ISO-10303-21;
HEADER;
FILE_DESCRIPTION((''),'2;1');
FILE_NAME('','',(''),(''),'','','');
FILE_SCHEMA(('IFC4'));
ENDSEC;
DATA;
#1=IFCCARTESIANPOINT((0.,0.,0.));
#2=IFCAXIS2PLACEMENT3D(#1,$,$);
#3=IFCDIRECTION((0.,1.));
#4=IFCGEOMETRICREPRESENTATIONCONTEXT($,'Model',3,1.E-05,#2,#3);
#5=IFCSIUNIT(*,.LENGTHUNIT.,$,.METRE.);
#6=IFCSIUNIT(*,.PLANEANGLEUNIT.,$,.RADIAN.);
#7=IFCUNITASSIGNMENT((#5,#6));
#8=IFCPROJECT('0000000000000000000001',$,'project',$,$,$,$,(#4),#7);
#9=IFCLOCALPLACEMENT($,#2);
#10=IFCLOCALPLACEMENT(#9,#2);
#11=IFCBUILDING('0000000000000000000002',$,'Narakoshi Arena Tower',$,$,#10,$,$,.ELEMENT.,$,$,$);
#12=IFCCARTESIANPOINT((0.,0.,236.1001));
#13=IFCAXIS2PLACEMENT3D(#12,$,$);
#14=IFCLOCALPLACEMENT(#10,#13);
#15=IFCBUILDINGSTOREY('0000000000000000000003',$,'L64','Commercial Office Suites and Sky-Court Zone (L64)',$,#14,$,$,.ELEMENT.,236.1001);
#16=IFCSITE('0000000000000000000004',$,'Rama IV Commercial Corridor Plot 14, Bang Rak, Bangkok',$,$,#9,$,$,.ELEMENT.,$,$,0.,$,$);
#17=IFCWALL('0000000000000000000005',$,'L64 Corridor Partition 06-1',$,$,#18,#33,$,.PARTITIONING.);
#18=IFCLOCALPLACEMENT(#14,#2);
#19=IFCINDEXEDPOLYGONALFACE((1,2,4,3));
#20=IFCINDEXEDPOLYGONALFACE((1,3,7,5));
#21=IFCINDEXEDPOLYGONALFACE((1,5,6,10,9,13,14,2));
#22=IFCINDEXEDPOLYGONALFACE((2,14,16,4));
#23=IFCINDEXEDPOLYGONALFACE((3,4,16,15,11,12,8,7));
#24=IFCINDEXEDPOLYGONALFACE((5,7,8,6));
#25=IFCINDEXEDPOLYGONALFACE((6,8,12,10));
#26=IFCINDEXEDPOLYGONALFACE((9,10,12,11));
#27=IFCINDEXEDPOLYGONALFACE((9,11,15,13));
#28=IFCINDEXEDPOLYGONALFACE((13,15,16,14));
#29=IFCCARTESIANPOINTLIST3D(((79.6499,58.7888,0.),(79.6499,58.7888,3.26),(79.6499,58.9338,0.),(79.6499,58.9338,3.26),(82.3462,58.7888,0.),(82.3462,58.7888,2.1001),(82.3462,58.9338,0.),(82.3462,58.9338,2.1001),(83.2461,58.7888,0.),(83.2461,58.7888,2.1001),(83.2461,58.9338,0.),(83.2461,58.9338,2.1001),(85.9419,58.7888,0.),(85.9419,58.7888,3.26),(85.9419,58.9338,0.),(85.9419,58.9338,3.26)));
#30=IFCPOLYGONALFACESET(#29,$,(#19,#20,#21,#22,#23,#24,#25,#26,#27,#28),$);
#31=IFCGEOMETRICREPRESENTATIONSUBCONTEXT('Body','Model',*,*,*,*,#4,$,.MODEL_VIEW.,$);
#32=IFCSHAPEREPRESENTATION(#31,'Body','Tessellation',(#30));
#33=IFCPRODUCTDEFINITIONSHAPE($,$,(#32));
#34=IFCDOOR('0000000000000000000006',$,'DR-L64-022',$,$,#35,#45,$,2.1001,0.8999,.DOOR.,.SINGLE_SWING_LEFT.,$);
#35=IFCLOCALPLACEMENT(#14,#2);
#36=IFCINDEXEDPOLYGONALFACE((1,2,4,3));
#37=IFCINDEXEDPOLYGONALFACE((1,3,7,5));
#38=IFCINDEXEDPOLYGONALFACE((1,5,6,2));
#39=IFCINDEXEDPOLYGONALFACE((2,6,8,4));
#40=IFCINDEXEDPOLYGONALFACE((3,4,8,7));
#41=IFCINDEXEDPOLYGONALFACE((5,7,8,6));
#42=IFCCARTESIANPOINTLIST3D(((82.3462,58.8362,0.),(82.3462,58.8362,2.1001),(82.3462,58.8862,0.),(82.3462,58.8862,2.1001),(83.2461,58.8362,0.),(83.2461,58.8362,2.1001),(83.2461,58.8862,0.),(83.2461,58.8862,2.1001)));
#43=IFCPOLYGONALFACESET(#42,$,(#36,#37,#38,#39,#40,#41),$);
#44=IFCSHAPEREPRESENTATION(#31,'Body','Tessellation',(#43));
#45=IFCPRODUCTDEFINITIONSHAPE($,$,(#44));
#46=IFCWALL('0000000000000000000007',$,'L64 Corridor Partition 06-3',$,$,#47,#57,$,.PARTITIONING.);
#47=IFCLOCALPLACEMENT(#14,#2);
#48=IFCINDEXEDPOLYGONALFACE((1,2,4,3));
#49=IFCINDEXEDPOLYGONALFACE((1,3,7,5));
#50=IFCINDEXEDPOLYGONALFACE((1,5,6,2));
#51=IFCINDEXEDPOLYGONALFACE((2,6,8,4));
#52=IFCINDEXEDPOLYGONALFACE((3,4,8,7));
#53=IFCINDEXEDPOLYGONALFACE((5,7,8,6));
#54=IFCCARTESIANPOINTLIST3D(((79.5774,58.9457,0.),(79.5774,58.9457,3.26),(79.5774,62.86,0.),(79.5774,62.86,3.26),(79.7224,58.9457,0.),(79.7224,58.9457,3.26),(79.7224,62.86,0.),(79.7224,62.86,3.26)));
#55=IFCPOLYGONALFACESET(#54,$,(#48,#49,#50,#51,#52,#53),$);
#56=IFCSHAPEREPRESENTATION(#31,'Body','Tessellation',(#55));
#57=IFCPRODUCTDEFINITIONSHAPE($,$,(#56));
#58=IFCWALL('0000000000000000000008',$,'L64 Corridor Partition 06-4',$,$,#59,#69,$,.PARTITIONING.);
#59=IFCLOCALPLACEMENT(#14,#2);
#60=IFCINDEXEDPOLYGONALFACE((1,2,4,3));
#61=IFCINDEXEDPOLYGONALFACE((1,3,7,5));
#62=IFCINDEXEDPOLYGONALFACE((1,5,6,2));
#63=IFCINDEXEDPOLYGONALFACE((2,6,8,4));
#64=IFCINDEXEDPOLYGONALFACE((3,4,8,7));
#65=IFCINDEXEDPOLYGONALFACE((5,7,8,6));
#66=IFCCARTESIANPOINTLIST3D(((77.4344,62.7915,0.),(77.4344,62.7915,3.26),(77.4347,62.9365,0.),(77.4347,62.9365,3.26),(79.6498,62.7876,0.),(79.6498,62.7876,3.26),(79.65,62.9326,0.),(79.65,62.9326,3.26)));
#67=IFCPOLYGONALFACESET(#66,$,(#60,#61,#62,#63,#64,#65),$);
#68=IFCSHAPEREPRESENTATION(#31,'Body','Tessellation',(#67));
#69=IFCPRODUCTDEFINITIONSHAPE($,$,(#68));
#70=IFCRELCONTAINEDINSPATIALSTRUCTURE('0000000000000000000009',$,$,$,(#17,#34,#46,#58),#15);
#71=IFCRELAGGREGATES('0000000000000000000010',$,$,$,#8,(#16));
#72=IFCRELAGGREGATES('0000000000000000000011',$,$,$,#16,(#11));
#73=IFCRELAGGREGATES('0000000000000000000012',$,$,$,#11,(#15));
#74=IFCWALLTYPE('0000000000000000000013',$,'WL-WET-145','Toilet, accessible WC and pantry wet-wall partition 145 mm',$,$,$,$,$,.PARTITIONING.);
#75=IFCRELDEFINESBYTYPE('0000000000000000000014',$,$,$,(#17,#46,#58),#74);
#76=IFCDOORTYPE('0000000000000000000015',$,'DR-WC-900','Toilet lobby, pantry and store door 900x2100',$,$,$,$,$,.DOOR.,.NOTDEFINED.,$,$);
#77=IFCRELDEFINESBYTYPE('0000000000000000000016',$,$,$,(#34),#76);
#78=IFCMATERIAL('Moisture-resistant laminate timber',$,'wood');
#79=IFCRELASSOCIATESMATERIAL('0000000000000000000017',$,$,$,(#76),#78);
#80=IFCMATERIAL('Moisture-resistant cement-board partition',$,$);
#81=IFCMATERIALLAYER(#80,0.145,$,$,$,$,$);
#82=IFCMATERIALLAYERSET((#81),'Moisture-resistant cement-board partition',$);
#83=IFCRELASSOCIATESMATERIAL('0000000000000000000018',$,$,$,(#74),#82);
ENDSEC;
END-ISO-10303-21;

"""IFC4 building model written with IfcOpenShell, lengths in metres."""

from ifc_helpers import new_model, si_unit, direction, frame, frame_2d, origin, place, context, subcontext, project, spatial, rectangle, extrude, material, layer, layer_set, type_object, element, fill, save


model = new_model("IFC4")

# Units and contexts
model_context = context("Model", 3, precision=1e-05, world=origin(), true_north=direction((0.0, 1.0)))
body_context = subcontext(model_context, "Body", "Model", "MODEL_VIEW")
ifc_project = project(units=[si_unit("LENGTHUNIT", "METRE"), si_unit("PLANEANGLEUNIT", "RADIAN")], contexts=[model_context])

# Site, building, storey
site_placement = place(None, origin())
site = spatial("IfcSite", under=ifc_project, at=site_placement, Name="Rama IV Commercial Corridor Plot 14, Bang Rak, Bangkok", CompositionType="ELEMENT", RefElevation=0.0)
building_placement = place(site_placement, origin())
building = spatial("IfcBuilding", under=site, at=building_placement, Name="Narakoshi Arena Tower", CompositionType="ELEMENT")
storey_placement = place(building_placement, frame((0.0, 0.0, 236.1001)))
storey = spatial("IfcBuildingStorey", under=building, at=storey_placement, Name="L64", Description="Commercial Office Suites and Sky-Court Zone (L64)", CompositionType="ELEMENT", Elevation=236.1001)

# Shared definitions
ifc_material_1 = material(Name="Moisture-resistant laminate timber", Category="wood")
door_type_1 = type_object("IfcDoorType", Name="DR-WC-900", Description="Toilet lobby, pantry and store door 900x2100", OperationType="NOTDEFINED", PredefinedType="DOOR", material=ifc_material_1)

# Shared definitions
ifc_material_2 = material(Name="Moisture-resistant cement-board partition")
ifc_layer_1 = layer(ifc_material_2, 0.145)
ifc_layer_set_1 = layer_set([ifc_layer_1], Name="Moisture-resistant cement-board partition")
wall_type_1 = type_object("IfcWallType", Name="WL-WET-145", Description="Toilet, accessible WC and pantry wet-wall partition 145 mm", PredefinedType="PARTITIONING", material=ifc_layer_set_1)

# Wall, opening, door
wall_1_placement = place(storey_placement, frame((85.9419, 58.8613, 0.0), z_axis=(0.0, 0.0, 1.0), x_axis=(-1.0, 0.0, 0.0)))
wall_1 = element("IfcWall", 1, at=wall_1_placement, inside=storey, type_object=wall_type_1, Name="L64 Corridor Partition 06-1", PredefinedType="PARTITIONING", context=body_context, shape_type="SweptSolid", body=[
    extrude(rectangle(XDim=6.292, YDim=0.145, at=frame_2d((3.146, 0.0))), origin(), (0.0, 0.0, 1.0), 3.26),
])
opening_1_placement = place(wall_1_placement, frame((2.6958, 0.0, 0.0)))
opening_1 = element("IfcOpeningElement", 2, at=opening_1_placement, cuts=wall_1, PredefinedType="OPENING", context=body_context, shape_type="SweptSolid", body=[
    extrude(rectangle(XDim=0.8999, YDim=2.1001, at=frame_2d((0.45, 1.05))), frame((0.0, 0.0825, 0.0), z_axis=(0.0, -1.0, 0.0), x_axis=(1.0, 0.0, 0.0)), (0.0, 0.0, 1.0), 0.165),
])
door_1_placement = place(opening_1_placement, frame((0.8999, 0.0, 0.0), z_axis=(0.0, 0.0, 1.0), x_axis=(-1.0, 0.0, 0.0)))
door_1 = element("IfcDoor", 3, at=door_1_placement, inside=storey, type_object=door_type_1, Name="DR-L64-022", OperationType="SINGLE_SWING_LEFT", OverallHeight=2.1001, OverallWidth=0.8999, PredefinedType="DOOR", context=body_context, shape_type="SweptSolid", body=[
    extrude(rectangle(XDim=0.8999, YDim=2.1001, at=frame_2d((0.45, 1.05))), frame((0.0, 0.0249, 0.0), z_axis=(0.0, -1.0, 0.0), x_axis=(1.0, 0.0, 0.0)), (0.0, 0.0, 1.0), 0.05),
])
fill(opening_1, door_1)

# Walls
wall_2_placement = place(storey_placement, frame((79.6499, 58.9458, 0.0), z_axis=(0.0, 0.0, 1.0), x_axis=(0.0, 1.0, 0.0)))
element("IfcWall", 4, at=wall_2_placement, inside=storey, type_object=wall_type_1, Name="L64 Corridor Partition 06-3", PredefinedType="PARTITIONING", context=body_context, shape_type="SweptSolid", body=[
    extrude(rectangle(XDim=3.9143, YDim=0.145, at=frame_2d((1.957, 0.0))), origin(), (0.0, 0.0, 1.0), 3.26),
])
wall_3_placement = place(storey_placement, frame((79.6499, 62.8601, 0.0), z_axis=(0.0, 0.0, 1.0), x_axis=(-0.999998, 0.001763, 0.0)))
element("IfcWall", 5, at=wall_3_placement, inside=storey, type_object=wall_type_1, Name="L64 Corridor Partition 06-4", PredefinedType="PARTITIONING", context=body_context, shape_type="SweptSolid", body=[
    extrude(rectangle(XDim=2.2153, YDim=0.145, at=frame_2d((1.1077, 0.0))), origin(), (0.0, 0.0, 1.0), 3.26),
])

save(model, "model.ifc")
